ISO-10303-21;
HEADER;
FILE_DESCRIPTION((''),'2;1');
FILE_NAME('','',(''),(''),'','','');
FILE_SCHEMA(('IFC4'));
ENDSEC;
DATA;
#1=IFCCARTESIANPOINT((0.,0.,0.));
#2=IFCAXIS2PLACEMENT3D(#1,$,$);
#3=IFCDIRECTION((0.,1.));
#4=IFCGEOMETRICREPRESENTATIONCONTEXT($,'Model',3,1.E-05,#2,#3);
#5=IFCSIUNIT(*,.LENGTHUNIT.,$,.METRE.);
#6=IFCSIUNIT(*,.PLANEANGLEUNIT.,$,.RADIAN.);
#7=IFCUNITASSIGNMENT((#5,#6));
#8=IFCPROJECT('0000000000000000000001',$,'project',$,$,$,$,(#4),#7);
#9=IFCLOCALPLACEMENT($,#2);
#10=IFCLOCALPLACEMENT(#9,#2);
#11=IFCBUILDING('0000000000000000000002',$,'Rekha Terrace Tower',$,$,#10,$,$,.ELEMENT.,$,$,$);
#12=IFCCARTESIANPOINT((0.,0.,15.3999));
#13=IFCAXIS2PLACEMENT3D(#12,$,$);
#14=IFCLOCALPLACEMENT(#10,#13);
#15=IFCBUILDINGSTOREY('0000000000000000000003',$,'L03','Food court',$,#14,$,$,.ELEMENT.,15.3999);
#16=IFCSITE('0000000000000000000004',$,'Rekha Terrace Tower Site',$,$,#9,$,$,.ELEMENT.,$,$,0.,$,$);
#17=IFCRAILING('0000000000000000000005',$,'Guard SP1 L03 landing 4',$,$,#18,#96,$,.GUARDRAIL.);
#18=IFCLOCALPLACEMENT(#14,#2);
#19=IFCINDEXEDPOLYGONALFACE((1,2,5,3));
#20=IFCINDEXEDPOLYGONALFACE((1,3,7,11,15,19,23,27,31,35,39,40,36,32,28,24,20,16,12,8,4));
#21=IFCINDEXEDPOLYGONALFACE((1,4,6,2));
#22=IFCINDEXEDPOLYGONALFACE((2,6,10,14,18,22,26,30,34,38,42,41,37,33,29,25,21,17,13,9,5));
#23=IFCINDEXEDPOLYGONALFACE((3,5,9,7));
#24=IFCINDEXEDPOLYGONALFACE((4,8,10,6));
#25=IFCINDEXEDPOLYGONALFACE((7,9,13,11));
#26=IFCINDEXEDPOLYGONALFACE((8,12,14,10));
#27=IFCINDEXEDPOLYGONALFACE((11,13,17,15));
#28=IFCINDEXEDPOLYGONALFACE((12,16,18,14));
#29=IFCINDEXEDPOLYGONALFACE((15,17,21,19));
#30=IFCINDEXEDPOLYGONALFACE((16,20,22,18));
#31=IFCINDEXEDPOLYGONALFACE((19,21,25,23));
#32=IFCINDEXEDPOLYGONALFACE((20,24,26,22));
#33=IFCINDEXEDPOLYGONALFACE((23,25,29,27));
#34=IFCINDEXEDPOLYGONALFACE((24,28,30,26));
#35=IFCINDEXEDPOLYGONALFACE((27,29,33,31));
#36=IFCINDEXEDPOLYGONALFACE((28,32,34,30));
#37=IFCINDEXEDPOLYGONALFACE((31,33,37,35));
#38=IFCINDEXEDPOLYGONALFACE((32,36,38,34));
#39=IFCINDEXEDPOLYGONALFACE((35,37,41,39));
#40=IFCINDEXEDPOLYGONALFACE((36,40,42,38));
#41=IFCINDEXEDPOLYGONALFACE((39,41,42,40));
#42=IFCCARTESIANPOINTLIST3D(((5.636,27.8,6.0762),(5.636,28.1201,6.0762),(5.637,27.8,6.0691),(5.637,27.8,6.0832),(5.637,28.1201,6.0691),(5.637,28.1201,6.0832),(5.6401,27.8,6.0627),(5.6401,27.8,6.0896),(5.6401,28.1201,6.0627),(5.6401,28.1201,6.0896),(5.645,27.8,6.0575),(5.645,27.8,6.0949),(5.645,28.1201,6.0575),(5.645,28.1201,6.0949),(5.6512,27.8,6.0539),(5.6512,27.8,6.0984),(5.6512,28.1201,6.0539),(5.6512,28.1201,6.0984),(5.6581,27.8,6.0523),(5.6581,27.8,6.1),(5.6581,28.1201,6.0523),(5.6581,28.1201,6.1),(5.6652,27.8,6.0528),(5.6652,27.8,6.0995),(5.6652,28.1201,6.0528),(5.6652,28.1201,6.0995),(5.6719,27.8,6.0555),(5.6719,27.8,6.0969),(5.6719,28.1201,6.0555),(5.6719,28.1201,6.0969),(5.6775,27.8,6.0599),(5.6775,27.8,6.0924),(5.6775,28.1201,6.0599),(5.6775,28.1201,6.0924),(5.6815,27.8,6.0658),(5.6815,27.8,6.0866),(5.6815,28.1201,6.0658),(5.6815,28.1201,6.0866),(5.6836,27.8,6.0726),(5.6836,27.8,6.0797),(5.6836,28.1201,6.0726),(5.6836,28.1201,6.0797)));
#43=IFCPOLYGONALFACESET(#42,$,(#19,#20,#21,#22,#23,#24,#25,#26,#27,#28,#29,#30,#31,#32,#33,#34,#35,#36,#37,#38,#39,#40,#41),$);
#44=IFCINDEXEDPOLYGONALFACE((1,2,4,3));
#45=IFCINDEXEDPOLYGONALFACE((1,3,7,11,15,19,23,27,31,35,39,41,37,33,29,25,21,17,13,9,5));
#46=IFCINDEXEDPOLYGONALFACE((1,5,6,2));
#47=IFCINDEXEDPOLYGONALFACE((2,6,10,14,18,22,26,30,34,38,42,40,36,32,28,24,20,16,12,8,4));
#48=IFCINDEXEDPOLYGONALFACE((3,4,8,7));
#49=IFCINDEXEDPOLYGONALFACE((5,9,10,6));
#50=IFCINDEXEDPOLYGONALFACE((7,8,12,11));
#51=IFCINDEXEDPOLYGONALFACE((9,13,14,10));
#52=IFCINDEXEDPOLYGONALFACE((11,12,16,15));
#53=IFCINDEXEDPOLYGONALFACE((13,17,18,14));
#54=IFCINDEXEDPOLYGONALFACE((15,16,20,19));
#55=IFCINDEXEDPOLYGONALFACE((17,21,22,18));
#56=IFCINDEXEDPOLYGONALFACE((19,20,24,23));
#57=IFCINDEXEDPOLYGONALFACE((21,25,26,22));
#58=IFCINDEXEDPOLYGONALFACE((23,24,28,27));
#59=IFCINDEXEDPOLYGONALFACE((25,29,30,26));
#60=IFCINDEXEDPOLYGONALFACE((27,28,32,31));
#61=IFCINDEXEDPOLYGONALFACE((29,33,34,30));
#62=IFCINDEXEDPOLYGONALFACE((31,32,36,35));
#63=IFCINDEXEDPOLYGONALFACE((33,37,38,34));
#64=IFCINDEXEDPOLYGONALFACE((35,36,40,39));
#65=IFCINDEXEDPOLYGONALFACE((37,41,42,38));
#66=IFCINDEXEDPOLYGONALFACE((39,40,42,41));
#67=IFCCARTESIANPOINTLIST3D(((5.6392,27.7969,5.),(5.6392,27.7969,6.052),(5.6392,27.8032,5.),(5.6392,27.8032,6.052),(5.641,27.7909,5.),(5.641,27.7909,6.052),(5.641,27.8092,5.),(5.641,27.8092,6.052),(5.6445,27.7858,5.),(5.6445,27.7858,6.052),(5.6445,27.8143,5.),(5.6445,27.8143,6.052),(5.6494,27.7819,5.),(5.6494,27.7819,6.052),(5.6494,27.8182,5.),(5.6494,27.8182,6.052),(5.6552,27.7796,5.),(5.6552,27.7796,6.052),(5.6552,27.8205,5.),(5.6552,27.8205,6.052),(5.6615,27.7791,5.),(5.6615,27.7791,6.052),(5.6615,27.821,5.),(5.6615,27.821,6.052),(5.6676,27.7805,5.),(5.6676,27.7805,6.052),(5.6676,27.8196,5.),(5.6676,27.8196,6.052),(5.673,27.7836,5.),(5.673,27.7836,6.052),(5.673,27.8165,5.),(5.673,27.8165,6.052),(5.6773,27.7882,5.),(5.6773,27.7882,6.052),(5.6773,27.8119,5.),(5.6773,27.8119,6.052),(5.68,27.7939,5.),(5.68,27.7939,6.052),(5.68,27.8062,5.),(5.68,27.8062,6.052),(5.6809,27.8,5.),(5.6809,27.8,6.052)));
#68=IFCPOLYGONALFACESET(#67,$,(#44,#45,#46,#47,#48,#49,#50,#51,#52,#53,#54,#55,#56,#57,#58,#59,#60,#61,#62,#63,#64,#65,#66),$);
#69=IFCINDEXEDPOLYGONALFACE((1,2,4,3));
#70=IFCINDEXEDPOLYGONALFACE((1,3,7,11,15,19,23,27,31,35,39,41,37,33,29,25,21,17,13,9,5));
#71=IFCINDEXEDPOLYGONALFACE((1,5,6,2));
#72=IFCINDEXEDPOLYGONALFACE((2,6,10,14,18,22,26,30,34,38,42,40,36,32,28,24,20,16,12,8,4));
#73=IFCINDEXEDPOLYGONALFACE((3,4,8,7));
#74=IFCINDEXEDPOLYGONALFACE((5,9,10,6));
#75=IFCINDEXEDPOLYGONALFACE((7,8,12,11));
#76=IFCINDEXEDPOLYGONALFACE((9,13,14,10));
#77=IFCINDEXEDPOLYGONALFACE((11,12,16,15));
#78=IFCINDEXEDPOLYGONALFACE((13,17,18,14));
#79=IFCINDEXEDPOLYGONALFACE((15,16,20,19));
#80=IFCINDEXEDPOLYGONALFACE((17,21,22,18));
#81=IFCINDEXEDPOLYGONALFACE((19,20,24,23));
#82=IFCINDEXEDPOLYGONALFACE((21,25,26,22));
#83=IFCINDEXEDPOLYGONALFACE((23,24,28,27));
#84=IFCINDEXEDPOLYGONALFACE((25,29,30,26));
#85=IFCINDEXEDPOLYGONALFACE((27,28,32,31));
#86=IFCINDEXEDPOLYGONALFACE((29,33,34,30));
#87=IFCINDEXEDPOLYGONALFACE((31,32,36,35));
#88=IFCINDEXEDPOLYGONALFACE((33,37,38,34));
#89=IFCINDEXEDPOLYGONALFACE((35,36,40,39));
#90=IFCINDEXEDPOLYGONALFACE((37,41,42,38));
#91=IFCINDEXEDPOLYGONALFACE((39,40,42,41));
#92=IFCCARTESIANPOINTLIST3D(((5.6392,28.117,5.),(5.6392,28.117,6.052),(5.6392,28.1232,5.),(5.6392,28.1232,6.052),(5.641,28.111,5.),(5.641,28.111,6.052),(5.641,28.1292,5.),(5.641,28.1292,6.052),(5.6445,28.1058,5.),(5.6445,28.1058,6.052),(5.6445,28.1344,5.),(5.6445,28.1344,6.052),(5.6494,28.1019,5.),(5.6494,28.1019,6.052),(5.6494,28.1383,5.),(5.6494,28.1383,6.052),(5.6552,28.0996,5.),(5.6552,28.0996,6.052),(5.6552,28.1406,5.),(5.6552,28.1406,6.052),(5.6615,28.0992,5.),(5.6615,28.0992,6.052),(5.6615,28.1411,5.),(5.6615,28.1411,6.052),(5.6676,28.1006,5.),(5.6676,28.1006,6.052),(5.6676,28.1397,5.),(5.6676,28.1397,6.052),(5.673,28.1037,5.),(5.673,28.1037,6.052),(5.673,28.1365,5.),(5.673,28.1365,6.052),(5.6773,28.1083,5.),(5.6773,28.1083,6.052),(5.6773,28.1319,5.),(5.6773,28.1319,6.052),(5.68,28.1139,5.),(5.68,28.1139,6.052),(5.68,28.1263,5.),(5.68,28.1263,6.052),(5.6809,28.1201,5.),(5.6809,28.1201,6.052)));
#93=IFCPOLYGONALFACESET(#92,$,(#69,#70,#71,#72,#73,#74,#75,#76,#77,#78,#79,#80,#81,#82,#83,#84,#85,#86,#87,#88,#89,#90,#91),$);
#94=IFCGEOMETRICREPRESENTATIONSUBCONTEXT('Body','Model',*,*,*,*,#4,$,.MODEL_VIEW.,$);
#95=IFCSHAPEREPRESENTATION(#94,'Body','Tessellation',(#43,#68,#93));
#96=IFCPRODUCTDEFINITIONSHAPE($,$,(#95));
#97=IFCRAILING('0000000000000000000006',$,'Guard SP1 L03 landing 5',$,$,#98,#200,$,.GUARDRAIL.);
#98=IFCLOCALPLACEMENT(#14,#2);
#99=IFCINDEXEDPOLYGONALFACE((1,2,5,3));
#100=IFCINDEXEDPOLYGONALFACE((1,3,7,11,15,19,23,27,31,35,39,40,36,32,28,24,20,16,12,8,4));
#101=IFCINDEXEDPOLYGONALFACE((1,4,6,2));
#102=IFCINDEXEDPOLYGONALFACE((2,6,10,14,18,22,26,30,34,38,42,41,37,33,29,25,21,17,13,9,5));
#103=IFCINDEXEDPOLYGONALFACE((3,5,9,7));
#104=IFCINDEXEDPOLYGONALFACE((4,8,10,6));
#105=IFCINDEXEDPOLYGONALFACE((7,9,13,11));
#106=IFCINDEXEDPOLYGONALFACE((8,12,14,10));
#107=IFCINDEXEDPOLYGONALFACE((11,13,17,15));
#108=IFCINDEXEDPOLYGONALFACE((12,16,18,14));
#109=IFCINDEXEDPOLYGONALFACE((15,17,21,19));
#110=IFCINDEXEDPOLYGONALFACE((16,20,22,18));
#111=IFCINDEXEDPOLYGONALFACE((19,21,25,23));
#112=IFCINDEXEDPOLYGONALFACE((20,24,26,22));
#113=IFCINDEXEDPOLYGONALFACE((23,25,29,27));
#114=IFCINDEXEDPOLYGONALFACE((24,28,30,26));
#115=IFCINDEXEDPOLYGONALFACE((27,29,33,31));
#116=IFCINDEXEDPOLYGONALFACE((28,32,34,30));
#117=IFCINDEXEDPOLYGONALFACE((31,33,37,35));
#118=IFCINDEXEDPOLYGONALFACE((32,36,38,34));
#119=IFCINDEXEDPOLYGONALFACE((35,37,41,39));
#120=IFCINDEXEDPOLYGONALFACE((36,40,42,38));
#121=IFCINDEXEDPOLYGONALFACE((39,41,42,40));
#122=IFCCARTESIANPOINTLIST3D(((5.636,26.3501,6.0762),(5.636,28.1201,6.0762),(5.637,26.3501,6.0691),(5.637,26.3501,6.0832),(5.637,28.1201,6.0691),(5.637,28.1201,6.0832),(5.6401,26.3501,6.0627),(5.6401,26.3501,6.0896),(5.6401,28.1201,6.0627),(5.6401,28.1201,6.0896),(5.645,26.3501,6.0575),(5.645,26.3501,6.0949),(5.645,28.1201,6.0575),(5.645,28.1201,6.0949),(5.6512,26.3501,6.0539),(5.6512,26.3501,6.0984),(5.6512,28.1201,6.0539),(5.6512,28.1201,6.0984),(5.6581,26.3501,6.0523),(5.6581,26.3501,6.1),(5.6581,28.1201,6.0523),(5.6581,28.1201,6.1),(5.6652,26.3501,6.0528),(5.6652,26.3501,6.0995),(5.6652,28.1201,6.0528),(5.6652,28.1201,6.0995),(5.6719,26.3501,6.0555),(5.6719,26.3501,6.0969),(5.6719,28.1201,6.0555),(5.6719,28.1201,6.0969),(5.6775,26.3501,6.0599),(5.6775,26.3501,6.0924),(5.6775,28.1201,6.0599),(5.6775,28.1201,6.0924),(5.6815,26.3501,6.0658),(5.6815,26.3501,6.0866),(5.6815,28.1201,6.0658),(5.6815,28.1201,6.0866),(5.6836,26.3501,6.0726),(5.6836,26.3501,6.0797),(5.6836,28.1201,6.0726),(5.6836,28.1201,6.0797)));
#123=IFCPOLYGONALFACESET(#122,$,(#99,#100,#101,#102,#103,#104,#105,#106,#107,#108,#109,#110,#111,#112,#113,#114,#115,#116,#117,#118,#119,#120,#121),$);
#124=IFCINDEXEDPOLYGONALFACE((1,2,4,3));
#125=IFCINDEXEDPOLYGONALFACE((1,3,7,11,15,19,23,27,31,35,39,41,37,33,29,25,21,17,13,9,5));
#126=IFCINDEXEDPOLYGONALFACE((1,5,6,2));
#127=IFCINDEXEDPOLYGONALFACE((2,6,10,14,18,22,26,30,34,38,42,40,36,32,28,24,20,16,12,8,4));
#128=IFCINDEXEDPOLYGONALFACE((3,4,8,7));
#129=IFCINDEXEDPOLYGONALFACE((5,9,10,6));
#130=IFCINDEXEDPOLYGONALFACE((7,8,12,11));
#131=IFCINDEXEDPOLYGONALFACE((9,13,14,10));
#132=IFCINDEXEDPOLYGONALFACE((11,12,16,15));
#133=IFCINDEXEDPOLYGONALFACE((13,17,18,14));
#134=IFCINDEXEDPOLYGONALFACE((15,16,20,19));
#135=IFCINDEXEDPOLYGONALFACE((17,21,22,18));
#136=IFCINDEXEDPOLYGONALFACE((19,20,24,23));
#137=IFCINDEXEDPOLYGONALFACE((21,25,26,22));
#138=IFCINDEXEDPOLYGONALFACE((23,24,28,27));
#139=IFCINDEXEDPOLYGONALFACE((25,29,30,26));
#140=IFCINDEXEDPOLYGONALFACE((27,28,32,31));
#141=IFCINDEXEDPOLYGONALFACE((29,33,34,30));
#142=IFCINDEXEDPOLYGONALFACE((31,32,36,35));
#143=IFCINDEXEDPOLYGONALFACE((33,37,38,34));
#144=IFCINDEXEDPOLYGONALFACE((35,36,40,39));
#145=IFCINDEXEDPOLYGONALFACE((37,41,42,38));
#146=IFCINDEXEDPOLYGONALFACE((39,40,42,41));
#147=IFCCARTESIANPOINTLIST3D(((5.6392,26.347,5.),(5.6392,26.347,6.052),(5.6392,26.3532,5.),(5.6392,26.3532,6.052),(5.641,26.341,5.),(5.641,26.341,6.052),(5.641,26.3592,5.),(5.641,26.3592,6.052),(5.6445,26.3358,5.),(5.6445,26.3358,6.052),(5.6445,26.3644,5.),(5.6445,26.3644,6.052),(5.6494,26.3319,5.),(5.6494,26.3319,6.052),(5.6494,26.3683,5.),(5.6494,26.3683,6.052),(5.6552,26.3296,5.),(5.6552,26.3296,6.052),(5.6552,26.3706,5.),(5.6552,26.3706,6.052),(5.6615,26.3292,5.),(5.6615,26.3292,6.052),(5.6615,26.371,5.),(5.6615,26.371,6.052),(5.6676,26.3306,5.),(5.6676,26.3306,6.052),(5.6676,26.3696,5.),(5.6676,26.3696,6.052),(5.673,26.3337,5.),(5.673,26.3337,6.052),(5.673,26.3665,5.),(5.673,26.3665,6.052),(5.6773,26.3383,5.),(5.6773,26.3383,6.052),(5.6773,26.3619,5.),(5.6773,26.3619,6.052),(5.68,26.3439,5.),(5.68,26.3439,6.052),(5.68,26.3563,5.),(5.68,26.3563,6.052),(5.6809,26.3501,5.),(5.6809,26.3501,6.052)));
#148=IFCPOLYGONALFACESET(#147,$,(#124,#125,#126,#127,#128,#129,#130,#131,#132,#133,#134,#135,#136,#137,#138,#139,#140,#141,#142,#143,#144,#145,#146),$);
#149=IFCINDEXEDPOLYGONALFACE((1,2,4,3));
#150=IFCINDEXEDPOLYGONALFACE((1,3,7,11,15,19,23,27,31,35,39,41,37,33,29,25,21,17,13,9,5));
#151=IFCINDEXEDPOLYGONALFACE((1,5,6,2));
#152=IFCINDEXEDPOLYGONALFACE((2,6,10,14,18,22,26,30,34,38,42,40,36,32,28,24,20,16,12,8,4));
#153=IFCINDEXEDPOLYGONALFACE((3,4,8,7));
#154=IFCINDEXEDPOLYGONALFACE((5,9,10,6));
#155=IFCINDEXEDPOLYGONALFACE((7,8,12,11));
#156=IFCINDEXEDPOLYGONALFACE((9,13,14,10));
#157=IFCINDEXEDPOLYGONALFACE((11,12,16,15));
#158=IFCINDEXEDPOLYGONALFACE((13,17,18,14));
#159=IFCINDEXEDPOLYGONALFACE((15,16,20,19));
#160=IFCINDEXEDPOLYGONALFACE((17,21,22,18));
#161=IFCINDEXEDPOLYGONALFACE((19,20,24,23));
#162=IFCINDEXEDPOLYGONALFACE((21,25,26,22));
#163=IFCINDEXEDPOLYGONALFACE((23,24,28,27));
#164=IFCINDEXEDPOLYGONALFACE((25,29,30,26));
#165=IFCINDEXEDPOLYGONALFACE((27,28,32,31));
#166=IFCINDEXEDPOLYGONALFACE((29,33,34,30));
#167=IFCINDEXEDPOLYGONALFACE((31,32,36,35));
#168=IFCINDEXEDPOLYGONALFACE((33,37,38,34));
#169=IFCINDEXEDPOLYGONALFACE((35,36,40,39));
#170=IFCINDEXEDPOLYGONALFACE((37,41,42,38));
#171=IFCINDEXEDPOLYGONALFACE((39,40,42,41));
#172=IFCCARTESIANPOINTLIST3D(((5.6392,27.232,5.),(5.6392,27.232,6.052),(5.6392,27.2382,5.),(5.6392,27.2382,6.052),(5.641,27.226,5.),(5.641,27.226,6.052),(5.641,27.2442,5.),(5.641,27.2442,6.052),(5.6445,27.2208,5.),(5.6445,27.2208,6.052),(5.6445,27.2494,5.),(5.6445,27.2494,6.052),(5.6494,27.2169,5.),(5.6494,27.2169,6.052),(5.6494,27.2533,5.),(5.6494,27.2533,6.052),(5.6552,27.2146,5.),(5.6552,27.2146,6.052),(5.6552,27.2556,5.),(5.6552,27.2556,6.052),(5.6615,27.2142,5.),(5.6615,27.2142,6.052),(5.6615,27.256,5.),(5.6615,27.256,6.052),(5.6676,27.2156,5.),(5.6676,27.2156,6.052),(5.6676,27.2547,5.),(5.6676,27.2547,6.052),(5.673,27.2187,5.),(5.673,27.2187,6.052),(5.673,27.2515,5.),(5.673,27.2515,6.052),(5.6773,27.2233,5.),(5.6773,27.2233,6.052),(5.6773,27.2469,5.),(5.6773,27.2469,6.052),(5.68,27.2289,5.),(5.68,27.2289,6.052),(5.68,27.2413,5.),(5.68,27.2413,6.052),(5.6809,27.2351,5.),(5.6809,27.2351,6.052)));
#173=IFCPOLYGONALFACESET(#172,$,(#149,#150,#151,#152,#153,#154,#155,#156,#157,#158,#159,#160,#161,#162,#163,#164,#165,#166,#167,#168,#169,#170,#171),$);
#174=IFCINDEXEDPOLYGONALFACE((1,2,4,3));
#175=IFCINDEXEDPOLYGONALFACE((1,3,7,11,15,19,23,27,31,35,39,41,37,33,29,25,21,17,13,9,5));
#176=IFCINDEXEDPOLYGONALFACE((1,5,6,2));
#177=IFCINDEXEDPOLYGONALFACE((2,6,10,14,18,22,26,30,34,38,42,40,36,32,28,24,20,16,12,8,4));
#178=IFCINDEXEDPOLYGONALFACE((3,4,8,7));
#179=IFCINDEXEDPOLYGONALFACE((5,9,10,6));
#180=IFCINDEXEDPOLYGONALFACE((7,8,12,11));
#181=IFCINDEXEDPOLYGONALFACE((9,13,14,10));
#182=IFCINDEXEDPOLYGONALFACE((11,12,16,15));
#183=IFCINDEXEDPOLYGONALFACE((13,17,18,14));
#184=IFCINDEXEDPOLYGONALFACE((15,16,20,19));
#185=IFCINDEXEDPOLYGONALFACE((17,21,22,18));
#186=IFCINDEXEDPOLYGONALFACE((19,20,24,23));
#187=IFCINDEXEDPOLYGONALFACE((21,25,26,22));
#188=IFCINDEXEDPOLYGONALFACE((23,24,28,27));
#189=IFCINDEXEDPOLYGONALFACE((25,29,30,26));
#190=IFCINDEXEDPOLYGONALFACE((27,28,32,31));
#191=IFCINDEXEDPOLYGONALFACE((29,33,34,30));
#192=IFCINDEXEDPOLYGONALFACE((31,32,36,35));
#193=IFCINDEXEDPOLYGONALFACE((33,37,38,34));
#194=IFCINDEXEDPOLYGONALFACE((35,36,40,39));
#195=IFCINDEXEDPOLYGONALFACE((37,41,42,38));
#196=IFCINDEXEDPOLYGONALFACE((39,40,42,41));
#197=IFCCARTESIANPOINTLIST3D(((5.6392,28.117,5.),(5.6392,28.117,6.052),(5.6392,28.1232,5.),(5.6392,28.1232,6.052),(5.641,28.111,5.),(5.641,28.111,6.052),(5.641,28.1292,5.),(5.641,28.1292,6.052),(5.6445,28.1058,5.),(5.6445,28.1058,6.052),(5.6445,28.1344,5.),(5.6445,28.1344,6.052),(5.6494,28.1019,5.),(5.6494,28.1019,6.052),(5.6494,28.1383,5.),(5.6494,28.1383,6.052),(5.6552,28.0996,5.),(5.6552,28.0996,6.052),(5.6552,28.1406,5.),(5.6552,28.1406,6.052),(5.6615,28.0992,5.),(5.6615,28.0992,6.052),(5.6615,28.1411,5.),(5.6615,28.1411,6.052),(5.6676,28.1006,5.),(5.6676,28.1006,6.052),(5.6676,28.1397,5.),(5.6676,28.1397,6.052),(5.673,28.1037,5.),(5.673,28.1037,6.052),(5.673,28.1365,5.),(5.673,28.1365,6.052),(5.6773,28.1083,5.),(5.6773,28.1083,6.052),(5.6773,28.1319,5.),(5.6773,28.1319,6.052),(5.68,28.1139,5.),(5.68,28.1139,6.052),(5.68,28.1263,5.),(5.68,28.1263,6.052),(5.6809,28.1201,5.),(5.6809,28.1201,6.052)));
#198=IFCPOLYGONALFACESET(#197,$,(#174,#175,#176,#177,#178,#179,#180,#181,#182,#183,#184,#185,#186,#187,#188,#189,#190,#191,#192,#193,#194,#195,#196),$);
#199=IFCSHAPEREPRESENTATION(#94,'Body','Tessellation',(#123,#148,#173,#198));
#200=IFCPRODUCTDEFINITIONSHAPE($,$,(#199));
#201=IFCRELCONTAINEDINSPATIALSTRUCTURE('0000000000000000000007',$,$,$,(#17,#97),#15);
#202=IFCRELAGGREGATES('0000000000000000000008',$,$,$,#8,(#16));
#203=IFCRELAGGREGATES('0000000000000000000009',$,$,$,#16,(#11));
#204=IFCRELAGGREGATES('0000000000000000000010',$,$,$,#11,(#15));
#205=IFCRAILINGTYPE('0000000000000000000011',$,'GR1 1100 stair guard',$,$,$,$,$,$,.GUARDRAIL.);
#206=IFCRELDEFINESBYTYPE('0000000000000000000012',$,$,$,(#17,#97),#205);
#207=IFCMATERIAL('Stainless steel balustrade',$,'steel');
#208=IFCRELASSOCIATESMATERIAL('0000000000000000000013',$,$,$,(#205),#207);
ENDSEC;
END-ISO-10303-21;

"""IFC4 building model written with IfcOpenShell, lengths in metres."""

from ifc_helpers import new_model, si_unit, direction, frame, origin, origin_2d, place, context, subcontext, project, spatial, circle, extrude, material, type_object, element, save


model = new_model("IFC4")

# Units and contexts
model_context = context("Model", 3, precision=1e-05, world=origin(), true_north=direction((0.0, 1.0)))
body_context = subcontext(model_context, "Body", "Model", "MODEL_VIEW")
ifc_project = project(units=[si_unit("LENGTHUNIT", "METRE"), si_unit("PLANEANGLEUNIT", "RADIAN")], contexts=[model_context])

# Site, building, storey
site_placement = place(None, origin())
site = spatial("IfcSite", under=ifc_project, at=site_placement, Name="Rekha Terrace Tower Site", CompositionType="ELEMENT", RefElevation=0.0)
building_placement = place(site_placement, origin())
building = spatial("IfcBuilding", under=site, at=building_placement, Name="Rekha Terrace Tower", CompositionType="ELEMENT")
storey_placement = place(building_placement, frame((0.0, 0.0, 15.3999)))
storey = spatial("IfcBuildingStorey", under=building, at=storey_placement, Name="L03", Description="Food court", CompositionType="ELEMENT", Elevation=15.3999)

# Railings
ifc_material_1 = material(Name="Stainless steel balustrade", Category="steel")
railing_type_1 = type_object("IfcRailingType", Name="GR1 1100 stair guard", PredefinedType="GUARDRAIL", material=ifc_material_1)
for number, where, name in (
    (1, (5.6599, 27.8, 5.0), "Guard SP1 L03 landing 4"),
):
    element("IfcRailing", number, at=place(storey_placement, frame(where)), inside=storey, type_object=railing_type_1, Name=name, PredefinedType="GUARDRAIL", context=body_context, shape_type="SweptSolid", body=[
        extrude(circle(Radius=0.0239, at=origin_2d()), frame((0.0, 0.0, 1.0762), z_axis=(0.0, 1.0, 0.0), x_axis=(-1.0, 0.0, 0.0)), (0.0, 0.0, 1.0), 0.3201),
        extrude(circle(Radius=0.021, at=origin_2d()), origin(), (0.0, 0.0, 1.0), 1.052),
        extrude(circle(Radius=0.021, at=origin_2d()), frame((0.0, 0.3201, 0.0)), (0.0, 0.0, 1.0), 1.052),
    ])
railing_1_placement = place(storey_placement, frame((5.6599, 26.3501, 5.0)))
element("IfcRailing", 2, at=railing_1_placement, inside=storey, type_object=railing_type_1, Name="Guard SP1 L03 landing 5", PredefinedType="GUARDRAIL", context=body_context, shape_type="SweptSolid", body=[
    extrude(circle(Radius=0.0239, at=origin_2d()), frame((0.0, 0.0, 1.0762), z_axis=(0.0, 1.0, 0.0), x_axis=(-1.0, 0.0, 0.0)), (0.0, 0.0, 1.0), 1.77),
    extrude(circle(Radius=0.021, at=origin_2d()), origin(), (0.0, 0.0, 1.0), 1.052),
    extrude(circle(Radius=0.021, at=origin_2d()), frame((0.0, 0.885, 0.0)), (0.0, 0.0, 1.0), 1.052),
    extrude(circle(Radius=0.021, at=origin_2d()), frame((0.0, 1.77, 0.0)), (0.0, 0.0, 1.0), 1.052),
])

save(model, "model.ifc")
